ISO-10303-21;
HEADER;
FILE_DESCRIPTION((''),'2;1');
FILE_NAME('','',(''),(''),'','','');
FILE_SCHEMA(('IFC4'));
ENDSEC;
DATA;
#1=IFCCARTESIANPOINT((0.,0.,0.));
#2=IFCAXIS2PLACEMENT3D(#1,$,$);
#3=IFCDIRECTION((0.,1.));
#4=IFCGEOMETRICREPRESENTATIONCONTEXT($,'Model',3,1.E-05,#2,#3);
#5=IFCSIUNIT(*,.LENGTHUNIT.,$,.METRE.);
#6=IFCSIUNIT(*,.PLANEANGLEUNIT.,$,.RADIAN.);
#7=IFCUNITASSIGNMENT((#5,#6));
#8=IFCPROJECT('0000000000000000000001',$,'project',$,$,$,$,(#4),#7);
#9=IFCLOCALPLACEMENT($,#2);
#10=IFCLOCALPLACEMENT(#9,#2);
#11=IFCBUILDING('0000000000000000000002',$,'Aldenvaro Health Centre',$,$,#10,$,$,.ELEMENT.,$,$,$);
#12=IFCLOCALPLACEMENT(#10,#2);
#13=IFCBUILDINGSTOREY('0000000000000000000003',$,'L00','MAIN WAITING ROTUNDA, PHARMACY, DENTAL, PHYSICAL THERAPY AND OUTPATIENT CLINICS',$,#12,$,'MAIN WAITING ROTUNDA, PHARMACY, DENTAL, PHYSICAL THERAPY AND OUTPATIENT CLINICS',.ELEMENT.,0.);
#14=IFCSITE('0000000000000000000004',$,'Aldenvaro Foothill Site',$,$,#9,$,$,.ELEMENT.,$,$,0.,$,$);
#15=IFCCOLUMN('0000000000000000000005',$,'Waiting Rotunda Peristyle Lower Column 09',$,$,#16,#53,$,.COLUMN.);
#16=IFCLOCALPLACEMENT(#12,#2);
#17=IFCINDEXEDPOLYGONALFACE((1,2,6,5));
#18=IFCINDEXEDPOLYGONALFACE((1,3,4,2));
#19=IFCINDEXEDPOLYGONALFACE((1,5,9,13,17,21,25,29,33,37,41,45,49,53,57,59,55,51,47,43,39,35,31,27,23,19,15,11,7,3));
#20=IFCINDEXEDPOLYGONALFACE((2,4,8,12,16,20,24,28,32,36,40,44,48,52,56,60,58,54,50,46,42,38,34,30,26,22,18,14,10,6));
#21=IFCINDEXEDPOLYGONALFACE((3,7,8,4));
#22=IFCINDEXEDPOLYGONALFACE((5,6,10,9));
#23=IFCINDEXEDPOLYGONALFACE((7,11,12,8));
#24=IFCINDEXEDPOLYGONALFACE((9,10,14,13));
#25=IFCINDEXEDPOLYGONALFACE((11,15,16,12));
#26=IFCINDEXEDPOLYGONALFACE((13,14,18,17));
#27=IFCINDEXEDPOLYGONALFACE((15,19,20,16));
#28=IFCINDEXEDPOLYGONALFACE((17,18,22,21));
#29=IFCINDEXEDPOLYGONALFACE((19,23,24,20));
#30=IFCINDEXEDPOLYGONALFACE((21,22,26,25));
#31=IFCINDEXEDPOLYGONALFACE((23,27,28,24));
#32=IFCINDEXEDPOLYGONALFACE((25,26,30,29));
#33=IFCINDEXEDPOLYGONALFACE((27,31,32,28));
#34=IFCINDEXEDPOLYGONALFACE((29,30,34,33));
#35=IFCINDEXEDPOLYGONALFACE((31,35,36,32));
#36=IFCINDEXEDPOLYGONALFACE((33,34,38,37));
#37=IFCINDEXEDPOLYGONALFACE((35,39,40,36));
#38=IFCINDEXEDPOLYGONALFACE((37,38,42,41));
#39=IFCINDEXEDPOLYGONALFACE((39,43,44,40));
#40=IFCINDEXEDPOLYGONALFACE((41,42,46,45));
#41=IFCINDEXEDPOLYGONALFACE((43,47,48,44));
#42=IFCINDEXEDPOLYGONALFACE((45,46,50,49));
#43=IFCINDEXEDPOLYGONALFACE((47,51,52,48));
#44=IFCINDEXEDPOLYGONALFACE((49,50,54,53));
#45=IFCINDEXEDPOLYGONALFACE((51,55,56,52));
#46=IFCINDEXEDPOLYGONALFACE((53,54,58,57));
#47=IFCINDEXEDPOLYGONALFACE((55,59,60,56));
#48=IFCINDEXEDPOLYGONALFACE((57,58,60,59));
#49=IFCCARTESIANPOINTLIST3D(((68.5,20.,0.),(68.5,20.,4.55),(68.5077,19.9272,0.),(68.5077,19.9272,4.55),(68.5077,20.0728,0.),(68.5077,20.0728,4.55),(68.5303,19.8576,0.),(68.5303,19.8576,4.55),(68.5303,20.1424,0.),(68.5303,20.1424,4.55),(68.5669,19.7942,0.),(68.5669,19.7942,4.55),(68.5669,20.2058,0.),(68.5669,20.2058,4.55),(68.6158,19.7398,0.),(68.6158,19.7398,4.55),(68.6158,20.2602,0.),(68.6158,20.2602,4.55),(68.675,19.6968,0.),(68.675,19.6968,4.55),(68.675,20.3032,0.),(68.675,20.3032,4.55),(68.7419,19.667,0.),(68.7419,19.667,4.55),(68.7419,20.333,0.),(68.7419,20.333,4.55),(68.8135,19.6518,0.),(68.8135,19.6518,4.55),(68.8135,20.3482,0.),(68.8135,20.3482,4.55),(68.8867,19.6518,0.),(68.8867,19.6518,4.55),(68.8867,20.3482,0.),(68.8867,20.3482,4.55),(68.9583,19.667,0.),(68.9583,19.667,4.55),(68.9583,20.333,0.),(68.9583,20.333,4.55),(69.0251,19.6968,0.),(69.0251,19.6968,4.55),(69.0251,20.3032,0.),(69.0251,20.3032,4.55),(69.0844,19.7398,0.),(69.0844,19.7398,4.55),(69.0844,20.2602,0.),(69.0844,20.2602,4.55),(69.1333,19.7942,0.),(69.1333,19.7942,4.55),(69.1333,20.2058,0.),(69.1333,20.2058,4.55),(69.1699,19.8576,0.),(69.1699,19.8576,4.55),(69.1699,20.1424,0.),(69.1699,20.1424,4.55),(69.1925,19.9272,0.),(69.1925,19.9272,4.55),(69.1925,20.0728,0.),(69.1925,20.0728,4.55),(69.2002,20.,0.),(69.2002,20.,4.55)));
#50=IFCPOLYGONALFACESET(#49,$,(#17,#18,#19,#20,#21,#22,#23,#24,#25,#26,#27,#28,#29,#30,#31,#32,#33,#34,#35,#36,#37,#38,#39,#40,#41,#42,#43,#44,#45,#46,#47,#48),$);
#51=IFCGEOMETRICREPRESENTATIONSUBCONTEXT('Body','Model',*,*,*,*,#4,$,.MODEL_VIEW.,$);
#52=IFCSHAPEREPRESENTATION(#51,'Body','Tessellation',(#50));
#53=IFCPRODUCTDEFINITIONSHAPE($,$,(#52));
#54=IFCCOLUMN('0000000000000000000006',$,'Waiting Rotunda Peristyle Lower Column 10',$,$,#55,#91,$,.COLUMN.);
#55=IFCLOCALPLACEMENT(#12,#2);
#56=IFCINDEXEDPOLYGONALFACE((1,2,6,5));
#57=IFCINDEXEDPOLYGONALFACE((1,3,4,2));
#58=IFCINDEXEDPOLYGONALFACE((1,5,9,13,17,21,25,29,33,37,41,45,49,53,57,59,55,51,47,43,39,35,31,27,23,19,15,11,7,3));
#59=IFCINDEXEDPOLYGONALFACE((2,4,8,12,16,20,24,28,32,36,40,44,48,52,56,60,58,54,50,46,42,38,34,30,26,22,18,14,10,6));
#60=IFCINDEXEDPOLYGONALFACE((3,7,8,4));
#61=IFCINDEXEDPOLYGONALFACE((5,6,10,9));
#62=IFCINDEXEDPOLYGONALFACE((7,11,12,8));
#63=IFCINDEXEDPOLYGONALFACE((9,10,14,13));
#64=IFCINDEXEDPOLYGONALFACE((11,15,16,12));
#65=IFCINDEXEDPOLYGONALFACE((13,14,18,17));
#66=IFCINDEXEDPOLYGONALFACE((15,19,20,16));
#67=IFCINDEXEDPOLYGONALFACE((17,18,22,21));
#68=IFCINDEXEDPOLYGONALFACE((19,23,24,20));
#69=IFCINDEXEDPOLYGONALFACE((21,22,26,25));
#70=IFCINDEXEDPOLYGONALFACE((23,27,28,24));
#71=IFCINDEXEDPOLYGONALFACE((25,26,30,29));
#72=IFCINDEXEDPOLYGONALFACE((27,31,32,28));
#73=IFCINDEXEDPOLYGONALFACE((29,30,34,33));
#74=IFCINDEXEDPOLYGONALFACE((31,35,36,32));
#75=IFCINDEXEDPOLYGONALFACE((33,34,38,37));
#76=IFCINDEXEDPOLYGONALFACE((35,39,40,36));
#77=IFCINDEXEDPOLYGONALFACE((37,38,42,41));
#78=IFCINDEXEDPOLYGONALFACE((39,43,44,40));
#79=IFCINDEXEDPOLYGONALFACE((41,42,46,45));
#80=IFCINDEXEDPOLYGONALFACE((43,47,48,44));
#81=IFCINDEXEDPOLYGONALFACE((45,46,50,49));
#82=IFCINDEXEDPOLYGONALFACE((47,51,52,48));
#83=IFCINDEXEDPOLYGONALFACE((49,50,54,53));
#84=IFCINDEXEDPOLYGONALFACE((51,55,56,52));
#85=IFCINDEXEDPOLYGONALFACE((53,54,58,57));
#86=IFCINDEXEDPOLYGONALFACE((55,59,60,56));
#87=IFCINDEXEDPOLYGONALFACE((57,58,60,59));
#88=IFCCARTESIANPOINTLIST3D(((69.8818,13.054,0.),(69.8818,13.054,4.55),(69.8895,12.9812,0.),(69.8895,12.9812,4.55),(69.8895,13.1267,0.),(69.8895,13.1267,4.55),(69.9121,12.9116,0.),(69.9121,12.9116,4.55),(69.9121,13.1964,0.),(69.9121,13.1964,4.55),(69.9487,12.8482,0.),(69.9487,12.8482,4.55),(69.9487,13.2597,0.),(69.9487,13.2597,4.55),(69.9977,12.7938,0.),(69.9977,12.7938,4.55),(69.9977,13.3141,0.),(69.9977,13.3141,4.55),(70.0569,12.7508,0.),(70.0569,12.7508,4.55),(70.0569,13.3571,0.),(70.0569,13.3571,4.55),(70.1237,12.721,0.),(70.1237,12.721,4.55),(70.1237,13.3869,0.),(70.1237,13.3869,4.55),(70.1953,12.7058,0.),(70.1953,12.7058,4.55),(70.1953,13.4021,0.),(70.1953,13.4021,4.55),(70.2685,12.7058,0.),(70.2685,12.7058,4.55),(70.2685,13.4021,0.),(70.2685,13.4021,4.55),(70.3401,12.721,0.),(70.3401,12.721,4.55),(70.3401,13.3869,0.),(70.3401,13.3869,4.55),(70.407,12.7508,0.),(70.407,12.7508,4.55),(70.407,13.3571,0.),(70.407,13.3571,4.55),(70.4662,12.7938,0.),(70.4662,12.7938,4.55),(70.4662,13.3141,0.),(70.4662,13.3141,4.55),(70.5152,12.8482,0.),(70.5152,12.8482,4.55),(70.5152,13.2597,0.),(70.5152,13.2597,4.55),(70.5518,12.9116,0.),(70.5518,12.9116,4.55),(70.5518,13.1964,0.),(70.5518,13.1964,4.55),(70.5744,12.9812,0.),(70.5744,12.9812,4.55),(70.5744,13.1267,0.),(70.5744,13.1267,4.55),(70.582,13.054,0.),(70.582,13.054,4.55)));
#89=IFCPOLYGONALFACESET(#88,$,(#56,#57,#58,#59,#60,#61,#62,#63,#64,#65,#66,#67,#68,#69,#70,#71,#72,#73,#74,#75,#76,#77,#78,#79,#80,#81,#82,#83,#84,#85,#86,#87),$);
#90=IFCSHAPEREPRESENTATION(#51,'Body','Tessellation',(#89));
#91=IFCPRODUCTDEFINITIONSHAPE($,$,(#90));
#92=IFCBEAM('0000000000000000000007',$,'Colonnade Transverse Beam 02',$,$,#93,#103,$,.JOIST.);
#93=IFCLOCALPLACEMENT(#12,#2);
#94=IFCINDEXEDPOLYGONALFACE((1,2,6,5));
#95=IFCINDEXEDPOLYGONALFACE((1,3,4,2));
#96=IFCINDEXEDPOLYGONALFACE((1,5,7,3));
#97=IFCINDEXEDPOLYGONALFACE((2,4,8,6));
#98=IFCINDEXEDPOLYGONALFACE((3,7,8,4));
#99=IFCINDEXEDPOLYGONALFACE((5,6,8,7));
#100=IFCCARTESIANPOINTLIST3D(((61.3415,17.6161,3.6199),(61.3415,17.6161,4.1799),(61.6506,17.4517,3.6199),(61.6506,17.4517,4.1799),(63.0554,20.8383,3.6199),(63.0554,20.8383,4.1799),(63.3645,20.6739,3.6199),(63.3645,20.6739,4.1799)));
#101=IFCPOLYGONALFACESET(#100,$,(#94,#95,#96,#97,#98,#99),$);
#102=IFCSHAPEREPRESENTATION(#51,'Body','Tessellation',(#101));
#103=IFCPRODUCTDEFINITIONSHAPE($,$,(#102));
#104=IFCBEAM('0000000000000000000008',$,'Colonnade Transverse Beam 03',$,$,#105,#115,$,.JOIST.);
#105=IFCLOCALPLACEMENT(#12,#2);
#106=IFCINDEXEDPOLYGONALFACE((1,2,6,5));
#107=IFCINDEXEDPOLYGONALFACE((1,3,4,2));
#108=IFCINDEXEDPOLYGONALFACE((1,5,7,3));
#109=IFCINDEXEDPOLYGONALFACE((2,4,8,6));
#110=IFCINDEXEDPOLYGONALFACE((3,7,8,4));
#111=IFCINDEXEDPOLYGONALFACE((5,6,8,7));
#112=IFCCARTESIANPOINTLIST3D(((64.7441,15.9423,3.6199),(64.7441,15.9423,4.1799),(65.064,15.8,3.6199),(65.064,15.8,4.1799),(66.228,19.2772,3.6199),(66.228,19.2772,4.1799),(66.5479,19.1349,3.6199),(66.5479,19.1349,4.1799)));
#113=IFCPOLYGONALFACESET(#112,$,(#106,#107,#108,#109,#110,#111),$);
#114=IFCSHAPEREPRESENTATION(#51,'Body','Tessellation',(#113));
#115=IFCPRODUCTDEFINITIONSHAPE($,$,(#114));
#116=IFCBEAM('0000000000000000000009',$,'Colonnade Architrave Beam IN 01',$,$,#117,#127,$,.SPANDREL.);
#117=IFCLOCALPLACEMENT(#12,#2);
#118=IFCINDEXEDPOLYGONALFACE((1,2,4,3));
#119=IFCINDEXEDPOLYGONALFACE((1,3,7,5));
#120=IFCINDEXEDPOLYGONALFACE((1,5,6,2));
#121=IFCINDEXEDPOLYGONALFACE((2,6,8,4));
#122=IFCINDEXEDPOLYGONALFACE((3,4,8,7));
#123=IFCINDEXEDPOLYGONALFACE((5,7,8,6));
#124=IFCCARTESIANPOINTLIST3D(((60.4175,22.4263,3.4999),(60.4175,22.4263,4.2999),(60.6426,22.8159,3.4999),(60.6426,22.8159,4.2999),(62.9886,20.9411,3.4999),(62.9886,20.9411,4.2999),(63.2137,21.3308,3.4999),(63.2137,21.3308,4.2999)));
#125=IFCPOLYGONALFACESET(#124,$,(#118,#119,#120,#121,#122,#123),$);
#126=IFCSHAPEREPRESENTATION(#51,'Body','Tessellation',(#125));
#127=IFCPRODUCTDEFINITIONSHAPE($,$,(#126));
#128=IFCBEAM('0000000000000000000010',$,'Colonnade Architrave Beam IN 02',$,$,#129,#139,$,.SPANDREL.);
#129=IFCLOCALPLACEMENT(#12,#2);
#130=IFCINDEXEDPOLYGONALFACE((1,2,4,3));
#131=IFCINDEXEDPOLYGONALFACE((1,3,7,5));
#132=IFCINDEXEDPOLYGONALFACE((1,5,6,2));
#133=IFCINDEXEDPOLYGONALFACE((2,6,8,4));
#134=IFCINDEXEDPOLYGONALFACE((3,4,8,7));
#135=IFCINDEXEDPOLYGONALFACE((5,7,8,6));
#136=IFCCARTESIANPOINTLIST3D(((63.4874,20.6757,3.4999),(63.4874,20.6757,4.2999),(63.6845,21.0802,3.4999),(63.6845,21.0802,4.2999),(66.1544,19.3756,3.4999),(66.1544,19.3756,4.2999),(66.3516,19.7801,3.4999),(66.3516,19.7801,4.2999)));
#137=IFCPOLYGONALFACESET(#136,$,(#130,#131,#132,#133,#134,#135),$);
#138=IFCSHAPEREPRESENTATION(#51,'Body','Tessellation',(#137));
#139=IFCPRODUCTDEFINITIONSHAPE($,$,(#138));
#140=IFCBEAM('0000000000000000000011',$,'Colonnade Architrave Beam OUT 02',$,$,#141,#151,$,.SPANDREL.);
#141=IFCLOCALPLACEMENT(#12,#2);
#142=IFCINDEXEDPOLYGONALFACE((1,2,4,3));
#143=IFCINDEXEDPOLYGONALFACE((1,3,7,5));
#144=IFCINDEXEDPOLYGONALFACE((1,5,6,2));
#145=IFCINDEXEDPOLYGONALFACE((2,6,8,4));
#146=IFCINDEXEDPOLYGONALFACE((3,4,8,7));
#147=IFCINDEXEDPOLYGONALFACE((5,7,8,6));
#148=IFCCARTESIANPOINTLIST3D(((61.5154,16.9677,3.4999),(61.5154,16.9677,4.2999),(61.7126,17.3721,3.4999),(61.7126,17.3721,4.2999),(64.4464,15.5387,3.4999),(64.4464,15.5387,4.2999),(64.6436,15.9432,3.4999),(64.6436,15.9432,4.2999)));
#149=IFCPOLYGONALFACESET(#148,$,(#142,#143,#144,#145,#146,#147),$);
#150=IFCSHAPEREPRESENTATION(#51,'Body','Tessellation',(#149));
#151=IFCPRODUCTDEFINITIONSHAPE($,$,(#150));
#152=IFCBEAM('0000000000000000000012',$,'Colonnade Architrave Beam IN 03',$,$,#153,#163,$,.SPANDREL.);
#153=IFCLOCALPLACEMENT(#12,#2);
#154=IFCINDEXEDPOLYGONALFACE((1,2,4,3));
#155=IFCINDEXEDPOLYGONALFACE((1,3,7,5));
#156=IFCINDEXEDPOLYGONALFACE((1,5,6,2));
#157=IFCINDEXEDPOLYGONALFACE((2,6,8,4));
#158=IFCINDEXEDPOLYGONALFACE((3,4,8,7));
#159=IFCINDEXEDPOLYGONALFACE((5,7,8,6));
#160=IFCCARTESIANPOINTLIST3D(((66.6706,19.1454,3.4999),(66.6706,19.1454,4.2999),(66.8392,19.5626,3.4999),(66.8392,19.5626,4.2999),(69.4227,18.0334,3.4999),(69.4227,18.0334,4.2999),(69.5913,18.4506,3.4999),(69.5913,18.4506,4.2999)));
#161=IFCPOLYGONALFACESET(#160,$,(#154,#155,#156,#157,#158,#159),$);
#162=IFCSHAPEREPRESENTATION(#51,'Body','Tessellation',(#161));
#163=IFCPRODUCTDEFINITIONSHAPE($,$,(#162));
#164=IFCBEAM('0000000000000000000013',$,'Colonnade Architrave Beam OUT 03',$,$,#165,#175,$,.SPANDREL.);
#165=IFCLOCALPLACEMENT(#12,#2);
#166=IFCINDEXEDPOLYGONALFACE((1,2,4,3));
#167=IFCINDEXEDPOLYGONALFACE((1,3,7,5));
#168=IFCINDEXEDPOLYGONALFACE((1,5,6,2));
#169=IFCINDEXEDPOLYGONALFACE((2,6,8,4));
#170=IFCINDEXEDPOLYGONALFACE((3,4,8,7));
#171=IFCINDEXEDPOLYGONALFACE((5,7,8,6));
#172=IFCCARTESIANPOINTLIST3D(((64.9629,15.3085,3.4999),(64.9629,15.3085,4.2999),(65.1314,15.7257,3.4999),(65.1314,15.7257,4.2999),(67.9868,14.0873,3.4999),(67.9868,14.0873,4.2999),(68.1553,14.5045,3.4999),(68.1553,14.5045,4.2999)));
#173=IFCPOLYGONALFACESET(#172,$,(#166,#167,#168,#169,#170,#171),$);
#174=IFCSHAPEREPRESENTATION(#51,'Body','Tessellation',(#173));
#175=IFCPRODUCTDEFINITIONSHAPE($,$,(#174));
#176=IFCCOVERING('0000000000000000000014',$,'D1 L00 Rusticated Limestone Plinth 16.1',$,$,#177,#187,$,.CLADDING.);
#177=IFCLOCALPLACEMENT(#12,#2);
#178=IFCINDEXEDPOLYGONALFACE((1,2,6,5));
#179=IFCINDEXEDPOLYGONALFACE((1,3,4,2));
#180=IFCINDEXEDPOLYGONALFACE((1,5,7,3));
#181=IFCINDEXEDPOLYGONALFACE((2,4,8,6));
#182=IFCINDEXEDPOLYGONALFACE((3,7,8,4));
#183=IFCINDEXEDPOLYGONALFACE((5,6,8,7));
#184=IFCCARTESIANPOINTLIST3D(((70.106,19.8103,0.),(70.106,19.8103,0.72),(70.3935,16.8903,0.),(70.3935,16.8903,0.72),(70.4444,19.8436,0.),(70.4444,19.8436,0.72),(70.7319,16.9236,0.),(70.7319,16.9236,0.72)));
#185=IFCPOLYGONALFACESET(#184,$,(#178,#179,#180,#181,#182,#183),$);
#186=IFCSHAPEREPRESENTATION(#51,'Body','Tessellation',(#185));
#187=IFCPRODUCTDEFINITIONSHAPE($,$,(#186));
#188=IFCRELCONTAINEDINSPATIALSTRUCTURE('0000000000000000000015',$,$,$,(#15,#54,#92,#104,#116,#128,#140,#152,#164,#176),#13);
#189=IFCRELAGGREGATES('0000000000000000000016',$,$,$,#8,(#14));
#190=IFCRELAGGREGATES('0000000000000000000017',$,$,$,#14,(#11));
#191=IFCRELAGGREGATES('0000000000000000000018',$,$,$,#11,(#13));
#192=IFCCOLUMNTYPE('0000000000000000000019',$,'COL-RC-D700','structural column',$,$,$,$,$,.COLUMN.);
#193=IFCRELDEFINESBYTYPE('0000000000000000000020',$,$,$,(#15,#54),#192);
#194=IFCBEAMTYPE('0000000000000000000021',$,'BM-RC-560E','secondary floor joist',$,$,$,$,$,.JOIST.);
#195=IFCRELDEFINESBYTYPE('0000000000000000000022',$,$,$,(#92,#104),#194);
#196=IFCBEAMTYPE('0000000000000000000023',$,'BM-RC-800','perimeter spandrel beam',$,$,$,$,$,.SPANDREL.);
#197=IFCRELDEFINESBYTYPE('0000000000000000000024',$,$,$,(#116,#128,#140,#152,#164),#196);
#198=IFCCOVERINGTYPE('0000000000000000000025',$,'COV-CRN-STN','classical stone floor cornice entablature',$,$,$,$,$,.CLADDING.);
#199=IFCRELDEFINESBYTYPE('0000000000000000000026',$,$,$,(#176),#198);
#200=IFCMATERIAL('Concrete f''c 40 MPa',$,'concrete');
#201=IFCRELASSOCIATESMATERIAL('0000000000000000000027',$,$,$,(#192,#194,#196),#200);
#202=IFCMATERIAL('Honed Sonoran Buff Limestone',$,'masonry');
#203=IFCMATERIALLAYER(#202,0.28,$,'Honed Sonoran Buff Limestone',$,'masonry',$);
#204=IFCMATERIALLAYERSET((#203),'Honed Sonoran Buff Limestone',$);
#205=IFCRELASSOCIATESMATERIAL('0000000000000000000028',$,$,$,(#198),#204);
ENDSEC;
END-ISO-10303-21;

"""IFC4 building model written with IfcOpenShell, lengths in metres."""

from ifc_helpers import new_model, si_unit, direction, frame, origin, origin_2d, place, context, subcontext, project, spatial, rectangle, circle, extrude, material, layer, layer_set, material_profile, profile_set, type_object, element, save


model = new_model("IFC4")

# Units and contexts
model_context = context("Model", 3, precision=1e-05, world=origin(), true_north=direction((0.0, 1.0)))
body_context = subcontext(model_context, "Body", "Model", "MODEL_VIEW")
ifc_project = project(units=[si_unit("LENGTHUNIT", "METRE"), si_unit("PLANEANGLEUNIT", "RADIAN")], contexts=[model_context])

# Site, building, storey
site_placement = place(None, origin())
site = spatial("IfcSite", under=ifc_project, at=site_placement, Name="Aldenvaro Foothill Site", CompositionType="ELEMENT", RefElevation=0.0)
building_placement = place(site_placement, origin())
building = spatial("IfcBuilding", under=site, at=building_placement, Name="Aldenvaro Health Centre", CompositionType="ELEMENT")
storey_placement = place(building_placement, origin())
storey = spatial("IfcBuildingStorey", under=building, at=storey_placement, Name="L00", Description="MAIN WAITING ROTUNDA, PHARMACY, DENTAL, PHYSICAL THERAPY AND OUTPATIENT CLINICS", LongName="MAIN WAITING ROTUNDA, PHARMACY, DENTAL, PHYSICAL THERAPY AND OUTPATIENT CLINICS", CompositionType="ELEMENT", Elevation=0.0)

# Columns
ifc_material_1 = material(Name="Concrete f'c 40 MPa", Category="concrete")
ifc_material_profile_1 = material_profile(ifc_material_1, circle(Radius=0.3501, at=origin_2d()), Name="RC D700", Category="concrete")
ifc_profile_set_1 = profile_set([ifc_material_profile_1], Name="Concrete f'c 40 MPa")
column_type_1 = type_object("IfcColumnType", Name="COL-RC-D700", Description="structural column", PredefinedType="COLUMN", material=ifc_profile_set_1)
for number, where, z_axis, x_axis, name in (
    (1, (68.8501, 20.0, 0.0), (0.0, 0.0, 1.0), (1.0, 0.0, 0.0), "Waiting Rotunda Peristyle Lower Column 09"),
    (2, (70.2319, 13.054, 0.0), (0.0, 0.0, 1.0), (1.0, 0.0, 0.0), "Waiting Rotunda Peristyle Lower Column 10"),
):
    element("IfcColumn", number, at=place(storey_placement, frame(where, z_axis=z_axis, x_axis=x_axis)), inside=storey, type_object=column_type_1, Name=name, PredefinedType="COLUMN", context=body_context, shape_type="SweptSolid", body=[
        extrude(circle(Radius=0.3501, at=origin_2d()), origin(), (0.0, 0.0, 1.0), 4.55),
    ])

# Beams
ifc_material_profile_2 = material_profile(ifc_material_1, rectangle(XDim=0.3501, YDim=0.5601, at=origin_2d()), Name="RC 350x560", Category="concrete")
ifc_profile_set_2 = profile_set([ifc_material_profile_2], Name="Concrete f'c 40 MPa")
beam_type_1 = type_object("IfcBeamType", Name="BM-RC-560E", Description="secondary floor joist", PredefinedType="JOIST", material=ifc_profile_set_2)
beam_1_placement = place(storey_placement, frame((63.21, 20.7561, 3.8999), z_axis=(-0.469602, -0.882878, 0.0), x_axis=(0.882878, -0.469602, 0.0)))
element("IfcBeam", 3, at=beam_1_placement, inside=storey, type_object=beam_type_1, Name="Colonnade Transverse Beam 02", PredefinedType="JOIST", context=body_context, shape_type="SweptSolid", body=[
    extrude(rectangle(XDim=0.3501, YDim=0.5601, at=origin_2d()), origin(), (0.0, 0.0, 1.0), 3.6497),
])
beam_2_placement = place(storey_placement, frame((66.3879, 19.2061, 3.8999), z_axis=(-0.406523, -0.91364, 0.0), x_axis=(0.91364, -0.406523, 0.0)))
element("IfcBeam", 4, at=beam_2_placement, inside=storey, type_object=beam_type_1, Name="Colonnade Transverse Beam 03", PredefinedType="JOIST", context=body_context, shape_type="SweptSolid", body=[
    extrude(rectangle(XDim=0.3501, YDim=0.5601, at=origin_2d()), origin(), (0.0, 0.0, 1.0), 3.6501),
])
ifc_material_profile_3 = material_profile(ifc_material_1, rectangle(XDim=0.45, YDim=0.8, at=origin_2d()), Name="RC 450x800", Category="concrete")
ifc_profile_set_3 = profile_set([ifc_material_profile_3], Name="Concrete f'c 40 MPa")
beam_type_2 = type_object("IfcBeamType", Name="BM-RC-800", Description="perimeter spandrel beam", PredefinedType="SPANDREL", material=ifc_profile_set_3)
beam_3_placement = place(storey_placement, frame((60.53, 22.6211, 3.8999), z_axis=(0.865921, -0.50018, 0.0), x_axis=(0.50018, 0.865921, 0.0)))
element("IfcBeam", 5, at=beam_3_placement, inside=storey, type_object=beam_type_2, Name="Colonnade Architrave Beam IN 01", PredefinedType="SPANDREL", context=body_context, shape_type="SweptSolid", body=[
    extrude(rectangle(XDim=0.45, YDim=0.8, at=origin_2d()), origin(), (0.0, 0.0, 1.0), 2.9692),
])
beam_4_placement = place(storey_placement, frame((63.5859, 20.8779, 3.8999), z_axis=(0.898891, -0.438172, 0.0), x_axis=(0.438172, 0.898891, 0.0)))
element("IfcBeam", 6, at=beam_4_placement, inside=storey, type_object=beam_type_2, Name="Colonnade Architrave Beam IN 02", PredefinedType="SPANDREL", context=body_context, shape_type="SweptSolid", body=[
    extrude(rectangle(XDim=0.45, YDim=0.8, at=origin_2d()), origin(), (0.0, 0.0, 1.0), 2.967),
])
beam_5_placement = place(storey_placement, frame((61.614, 17.1699, 3.8999), z_axis=(0.89886, -0.438236, 0.0), x_axis=(0.438236, 0.89886, 0.0)))
element("IfcBeam", 7, at=beam_5_placement, inside=storey, type_object=beam_type_2, Name="Colonnade Architrave Beam OUT 02", PredefinedType="SPANDREL", context=body_context, shape_type="SweptSolid", body=[
    extrude(rectangle(XDim=0.45, YDim=0.8, at=origin_2d()), origin(), (0.0, 0.0, 1.0), 3.2607),
])
beam_6_placement = place(storey_placement, frame((66.7549, 19.354, 3.8999), z_axis=(0.927172, -0.374636, 0.0), x_axis=(0.374636, 0.927172, 0.0)))
element("IfcBeam", 8, at=beam_6_placement, inside=storey, type_object=beam_type_2, Name="Colonnade Architrave Beam IN 03", PredefinedType="SPANDREL", context=body_context, shape_type="SweptSolid", body=[
    extrude(rectangle(XDim=0.45, YDim=0.8, at=origin_2d()), origin(), (0.0, 0.0, 1.0), 2.9683),
])
beam_7_placement = place(storey_placement, frame((65.0471, 15.5171, 3.8999), z_axis=(0.927243, -0.374461, 0.0), x_axis=(0.374461, 0.927243, 0.0)))
element("IfcBeam", 9, at=beam_7_placement, inside=storey, type_object=beam_type_2, Name="Colonnade Architrave Beam OUT 03", PredefinedType="SPANDREL", context=body_context, shape_type="SweptSolid", body=[
    extrude(rectangle(XDim=0.45, YDim=0.8, at=origin_2d()), origin(), (0.0, 0.0, 1.0), 3.2612),
])

# Covering
ifc_material_2 = material(Name="Honed Sonoran Buff Limestone", Category="masonry")
ifc_layer = layer(ifc_material_2, 0.28, Name="Honed Sonoran Buff Limestone", Category="masonry")
ifc_layer_set = layer_set([ifc_layer], Name="Honed Sonoran Buff Limestone")
covering_type = type_object("IfcCoveringType", Name="COV-CRN-STN", Description="classical stone floor cornice entablature", PredefinedType="CLADDING", material=ifc_layer_set)
covering_1_placement = place(storey_placement, frame((70.4189, 18.3669, 0.0), z_axis=(0.0, 0.0, 1.0), x_axis=(-0.097994, 0.995187, 0.0)))
element("IfcCovering", 10, at=covering_1_placement, inside=storey, type_object=covering_type, Name="D1 L00 Rusticated Limestone Plinth 16.1", PredefinedType="CLADDING", context=body_context, shape_type="SweptSolid", body=[
    extrude(rectangle(XDim=2.9341, YDim=0.3401, at=origin_2d()), origin(), (0.0, 0.0, 1.0), 0.72),
])

save(model, "model.ifc")
